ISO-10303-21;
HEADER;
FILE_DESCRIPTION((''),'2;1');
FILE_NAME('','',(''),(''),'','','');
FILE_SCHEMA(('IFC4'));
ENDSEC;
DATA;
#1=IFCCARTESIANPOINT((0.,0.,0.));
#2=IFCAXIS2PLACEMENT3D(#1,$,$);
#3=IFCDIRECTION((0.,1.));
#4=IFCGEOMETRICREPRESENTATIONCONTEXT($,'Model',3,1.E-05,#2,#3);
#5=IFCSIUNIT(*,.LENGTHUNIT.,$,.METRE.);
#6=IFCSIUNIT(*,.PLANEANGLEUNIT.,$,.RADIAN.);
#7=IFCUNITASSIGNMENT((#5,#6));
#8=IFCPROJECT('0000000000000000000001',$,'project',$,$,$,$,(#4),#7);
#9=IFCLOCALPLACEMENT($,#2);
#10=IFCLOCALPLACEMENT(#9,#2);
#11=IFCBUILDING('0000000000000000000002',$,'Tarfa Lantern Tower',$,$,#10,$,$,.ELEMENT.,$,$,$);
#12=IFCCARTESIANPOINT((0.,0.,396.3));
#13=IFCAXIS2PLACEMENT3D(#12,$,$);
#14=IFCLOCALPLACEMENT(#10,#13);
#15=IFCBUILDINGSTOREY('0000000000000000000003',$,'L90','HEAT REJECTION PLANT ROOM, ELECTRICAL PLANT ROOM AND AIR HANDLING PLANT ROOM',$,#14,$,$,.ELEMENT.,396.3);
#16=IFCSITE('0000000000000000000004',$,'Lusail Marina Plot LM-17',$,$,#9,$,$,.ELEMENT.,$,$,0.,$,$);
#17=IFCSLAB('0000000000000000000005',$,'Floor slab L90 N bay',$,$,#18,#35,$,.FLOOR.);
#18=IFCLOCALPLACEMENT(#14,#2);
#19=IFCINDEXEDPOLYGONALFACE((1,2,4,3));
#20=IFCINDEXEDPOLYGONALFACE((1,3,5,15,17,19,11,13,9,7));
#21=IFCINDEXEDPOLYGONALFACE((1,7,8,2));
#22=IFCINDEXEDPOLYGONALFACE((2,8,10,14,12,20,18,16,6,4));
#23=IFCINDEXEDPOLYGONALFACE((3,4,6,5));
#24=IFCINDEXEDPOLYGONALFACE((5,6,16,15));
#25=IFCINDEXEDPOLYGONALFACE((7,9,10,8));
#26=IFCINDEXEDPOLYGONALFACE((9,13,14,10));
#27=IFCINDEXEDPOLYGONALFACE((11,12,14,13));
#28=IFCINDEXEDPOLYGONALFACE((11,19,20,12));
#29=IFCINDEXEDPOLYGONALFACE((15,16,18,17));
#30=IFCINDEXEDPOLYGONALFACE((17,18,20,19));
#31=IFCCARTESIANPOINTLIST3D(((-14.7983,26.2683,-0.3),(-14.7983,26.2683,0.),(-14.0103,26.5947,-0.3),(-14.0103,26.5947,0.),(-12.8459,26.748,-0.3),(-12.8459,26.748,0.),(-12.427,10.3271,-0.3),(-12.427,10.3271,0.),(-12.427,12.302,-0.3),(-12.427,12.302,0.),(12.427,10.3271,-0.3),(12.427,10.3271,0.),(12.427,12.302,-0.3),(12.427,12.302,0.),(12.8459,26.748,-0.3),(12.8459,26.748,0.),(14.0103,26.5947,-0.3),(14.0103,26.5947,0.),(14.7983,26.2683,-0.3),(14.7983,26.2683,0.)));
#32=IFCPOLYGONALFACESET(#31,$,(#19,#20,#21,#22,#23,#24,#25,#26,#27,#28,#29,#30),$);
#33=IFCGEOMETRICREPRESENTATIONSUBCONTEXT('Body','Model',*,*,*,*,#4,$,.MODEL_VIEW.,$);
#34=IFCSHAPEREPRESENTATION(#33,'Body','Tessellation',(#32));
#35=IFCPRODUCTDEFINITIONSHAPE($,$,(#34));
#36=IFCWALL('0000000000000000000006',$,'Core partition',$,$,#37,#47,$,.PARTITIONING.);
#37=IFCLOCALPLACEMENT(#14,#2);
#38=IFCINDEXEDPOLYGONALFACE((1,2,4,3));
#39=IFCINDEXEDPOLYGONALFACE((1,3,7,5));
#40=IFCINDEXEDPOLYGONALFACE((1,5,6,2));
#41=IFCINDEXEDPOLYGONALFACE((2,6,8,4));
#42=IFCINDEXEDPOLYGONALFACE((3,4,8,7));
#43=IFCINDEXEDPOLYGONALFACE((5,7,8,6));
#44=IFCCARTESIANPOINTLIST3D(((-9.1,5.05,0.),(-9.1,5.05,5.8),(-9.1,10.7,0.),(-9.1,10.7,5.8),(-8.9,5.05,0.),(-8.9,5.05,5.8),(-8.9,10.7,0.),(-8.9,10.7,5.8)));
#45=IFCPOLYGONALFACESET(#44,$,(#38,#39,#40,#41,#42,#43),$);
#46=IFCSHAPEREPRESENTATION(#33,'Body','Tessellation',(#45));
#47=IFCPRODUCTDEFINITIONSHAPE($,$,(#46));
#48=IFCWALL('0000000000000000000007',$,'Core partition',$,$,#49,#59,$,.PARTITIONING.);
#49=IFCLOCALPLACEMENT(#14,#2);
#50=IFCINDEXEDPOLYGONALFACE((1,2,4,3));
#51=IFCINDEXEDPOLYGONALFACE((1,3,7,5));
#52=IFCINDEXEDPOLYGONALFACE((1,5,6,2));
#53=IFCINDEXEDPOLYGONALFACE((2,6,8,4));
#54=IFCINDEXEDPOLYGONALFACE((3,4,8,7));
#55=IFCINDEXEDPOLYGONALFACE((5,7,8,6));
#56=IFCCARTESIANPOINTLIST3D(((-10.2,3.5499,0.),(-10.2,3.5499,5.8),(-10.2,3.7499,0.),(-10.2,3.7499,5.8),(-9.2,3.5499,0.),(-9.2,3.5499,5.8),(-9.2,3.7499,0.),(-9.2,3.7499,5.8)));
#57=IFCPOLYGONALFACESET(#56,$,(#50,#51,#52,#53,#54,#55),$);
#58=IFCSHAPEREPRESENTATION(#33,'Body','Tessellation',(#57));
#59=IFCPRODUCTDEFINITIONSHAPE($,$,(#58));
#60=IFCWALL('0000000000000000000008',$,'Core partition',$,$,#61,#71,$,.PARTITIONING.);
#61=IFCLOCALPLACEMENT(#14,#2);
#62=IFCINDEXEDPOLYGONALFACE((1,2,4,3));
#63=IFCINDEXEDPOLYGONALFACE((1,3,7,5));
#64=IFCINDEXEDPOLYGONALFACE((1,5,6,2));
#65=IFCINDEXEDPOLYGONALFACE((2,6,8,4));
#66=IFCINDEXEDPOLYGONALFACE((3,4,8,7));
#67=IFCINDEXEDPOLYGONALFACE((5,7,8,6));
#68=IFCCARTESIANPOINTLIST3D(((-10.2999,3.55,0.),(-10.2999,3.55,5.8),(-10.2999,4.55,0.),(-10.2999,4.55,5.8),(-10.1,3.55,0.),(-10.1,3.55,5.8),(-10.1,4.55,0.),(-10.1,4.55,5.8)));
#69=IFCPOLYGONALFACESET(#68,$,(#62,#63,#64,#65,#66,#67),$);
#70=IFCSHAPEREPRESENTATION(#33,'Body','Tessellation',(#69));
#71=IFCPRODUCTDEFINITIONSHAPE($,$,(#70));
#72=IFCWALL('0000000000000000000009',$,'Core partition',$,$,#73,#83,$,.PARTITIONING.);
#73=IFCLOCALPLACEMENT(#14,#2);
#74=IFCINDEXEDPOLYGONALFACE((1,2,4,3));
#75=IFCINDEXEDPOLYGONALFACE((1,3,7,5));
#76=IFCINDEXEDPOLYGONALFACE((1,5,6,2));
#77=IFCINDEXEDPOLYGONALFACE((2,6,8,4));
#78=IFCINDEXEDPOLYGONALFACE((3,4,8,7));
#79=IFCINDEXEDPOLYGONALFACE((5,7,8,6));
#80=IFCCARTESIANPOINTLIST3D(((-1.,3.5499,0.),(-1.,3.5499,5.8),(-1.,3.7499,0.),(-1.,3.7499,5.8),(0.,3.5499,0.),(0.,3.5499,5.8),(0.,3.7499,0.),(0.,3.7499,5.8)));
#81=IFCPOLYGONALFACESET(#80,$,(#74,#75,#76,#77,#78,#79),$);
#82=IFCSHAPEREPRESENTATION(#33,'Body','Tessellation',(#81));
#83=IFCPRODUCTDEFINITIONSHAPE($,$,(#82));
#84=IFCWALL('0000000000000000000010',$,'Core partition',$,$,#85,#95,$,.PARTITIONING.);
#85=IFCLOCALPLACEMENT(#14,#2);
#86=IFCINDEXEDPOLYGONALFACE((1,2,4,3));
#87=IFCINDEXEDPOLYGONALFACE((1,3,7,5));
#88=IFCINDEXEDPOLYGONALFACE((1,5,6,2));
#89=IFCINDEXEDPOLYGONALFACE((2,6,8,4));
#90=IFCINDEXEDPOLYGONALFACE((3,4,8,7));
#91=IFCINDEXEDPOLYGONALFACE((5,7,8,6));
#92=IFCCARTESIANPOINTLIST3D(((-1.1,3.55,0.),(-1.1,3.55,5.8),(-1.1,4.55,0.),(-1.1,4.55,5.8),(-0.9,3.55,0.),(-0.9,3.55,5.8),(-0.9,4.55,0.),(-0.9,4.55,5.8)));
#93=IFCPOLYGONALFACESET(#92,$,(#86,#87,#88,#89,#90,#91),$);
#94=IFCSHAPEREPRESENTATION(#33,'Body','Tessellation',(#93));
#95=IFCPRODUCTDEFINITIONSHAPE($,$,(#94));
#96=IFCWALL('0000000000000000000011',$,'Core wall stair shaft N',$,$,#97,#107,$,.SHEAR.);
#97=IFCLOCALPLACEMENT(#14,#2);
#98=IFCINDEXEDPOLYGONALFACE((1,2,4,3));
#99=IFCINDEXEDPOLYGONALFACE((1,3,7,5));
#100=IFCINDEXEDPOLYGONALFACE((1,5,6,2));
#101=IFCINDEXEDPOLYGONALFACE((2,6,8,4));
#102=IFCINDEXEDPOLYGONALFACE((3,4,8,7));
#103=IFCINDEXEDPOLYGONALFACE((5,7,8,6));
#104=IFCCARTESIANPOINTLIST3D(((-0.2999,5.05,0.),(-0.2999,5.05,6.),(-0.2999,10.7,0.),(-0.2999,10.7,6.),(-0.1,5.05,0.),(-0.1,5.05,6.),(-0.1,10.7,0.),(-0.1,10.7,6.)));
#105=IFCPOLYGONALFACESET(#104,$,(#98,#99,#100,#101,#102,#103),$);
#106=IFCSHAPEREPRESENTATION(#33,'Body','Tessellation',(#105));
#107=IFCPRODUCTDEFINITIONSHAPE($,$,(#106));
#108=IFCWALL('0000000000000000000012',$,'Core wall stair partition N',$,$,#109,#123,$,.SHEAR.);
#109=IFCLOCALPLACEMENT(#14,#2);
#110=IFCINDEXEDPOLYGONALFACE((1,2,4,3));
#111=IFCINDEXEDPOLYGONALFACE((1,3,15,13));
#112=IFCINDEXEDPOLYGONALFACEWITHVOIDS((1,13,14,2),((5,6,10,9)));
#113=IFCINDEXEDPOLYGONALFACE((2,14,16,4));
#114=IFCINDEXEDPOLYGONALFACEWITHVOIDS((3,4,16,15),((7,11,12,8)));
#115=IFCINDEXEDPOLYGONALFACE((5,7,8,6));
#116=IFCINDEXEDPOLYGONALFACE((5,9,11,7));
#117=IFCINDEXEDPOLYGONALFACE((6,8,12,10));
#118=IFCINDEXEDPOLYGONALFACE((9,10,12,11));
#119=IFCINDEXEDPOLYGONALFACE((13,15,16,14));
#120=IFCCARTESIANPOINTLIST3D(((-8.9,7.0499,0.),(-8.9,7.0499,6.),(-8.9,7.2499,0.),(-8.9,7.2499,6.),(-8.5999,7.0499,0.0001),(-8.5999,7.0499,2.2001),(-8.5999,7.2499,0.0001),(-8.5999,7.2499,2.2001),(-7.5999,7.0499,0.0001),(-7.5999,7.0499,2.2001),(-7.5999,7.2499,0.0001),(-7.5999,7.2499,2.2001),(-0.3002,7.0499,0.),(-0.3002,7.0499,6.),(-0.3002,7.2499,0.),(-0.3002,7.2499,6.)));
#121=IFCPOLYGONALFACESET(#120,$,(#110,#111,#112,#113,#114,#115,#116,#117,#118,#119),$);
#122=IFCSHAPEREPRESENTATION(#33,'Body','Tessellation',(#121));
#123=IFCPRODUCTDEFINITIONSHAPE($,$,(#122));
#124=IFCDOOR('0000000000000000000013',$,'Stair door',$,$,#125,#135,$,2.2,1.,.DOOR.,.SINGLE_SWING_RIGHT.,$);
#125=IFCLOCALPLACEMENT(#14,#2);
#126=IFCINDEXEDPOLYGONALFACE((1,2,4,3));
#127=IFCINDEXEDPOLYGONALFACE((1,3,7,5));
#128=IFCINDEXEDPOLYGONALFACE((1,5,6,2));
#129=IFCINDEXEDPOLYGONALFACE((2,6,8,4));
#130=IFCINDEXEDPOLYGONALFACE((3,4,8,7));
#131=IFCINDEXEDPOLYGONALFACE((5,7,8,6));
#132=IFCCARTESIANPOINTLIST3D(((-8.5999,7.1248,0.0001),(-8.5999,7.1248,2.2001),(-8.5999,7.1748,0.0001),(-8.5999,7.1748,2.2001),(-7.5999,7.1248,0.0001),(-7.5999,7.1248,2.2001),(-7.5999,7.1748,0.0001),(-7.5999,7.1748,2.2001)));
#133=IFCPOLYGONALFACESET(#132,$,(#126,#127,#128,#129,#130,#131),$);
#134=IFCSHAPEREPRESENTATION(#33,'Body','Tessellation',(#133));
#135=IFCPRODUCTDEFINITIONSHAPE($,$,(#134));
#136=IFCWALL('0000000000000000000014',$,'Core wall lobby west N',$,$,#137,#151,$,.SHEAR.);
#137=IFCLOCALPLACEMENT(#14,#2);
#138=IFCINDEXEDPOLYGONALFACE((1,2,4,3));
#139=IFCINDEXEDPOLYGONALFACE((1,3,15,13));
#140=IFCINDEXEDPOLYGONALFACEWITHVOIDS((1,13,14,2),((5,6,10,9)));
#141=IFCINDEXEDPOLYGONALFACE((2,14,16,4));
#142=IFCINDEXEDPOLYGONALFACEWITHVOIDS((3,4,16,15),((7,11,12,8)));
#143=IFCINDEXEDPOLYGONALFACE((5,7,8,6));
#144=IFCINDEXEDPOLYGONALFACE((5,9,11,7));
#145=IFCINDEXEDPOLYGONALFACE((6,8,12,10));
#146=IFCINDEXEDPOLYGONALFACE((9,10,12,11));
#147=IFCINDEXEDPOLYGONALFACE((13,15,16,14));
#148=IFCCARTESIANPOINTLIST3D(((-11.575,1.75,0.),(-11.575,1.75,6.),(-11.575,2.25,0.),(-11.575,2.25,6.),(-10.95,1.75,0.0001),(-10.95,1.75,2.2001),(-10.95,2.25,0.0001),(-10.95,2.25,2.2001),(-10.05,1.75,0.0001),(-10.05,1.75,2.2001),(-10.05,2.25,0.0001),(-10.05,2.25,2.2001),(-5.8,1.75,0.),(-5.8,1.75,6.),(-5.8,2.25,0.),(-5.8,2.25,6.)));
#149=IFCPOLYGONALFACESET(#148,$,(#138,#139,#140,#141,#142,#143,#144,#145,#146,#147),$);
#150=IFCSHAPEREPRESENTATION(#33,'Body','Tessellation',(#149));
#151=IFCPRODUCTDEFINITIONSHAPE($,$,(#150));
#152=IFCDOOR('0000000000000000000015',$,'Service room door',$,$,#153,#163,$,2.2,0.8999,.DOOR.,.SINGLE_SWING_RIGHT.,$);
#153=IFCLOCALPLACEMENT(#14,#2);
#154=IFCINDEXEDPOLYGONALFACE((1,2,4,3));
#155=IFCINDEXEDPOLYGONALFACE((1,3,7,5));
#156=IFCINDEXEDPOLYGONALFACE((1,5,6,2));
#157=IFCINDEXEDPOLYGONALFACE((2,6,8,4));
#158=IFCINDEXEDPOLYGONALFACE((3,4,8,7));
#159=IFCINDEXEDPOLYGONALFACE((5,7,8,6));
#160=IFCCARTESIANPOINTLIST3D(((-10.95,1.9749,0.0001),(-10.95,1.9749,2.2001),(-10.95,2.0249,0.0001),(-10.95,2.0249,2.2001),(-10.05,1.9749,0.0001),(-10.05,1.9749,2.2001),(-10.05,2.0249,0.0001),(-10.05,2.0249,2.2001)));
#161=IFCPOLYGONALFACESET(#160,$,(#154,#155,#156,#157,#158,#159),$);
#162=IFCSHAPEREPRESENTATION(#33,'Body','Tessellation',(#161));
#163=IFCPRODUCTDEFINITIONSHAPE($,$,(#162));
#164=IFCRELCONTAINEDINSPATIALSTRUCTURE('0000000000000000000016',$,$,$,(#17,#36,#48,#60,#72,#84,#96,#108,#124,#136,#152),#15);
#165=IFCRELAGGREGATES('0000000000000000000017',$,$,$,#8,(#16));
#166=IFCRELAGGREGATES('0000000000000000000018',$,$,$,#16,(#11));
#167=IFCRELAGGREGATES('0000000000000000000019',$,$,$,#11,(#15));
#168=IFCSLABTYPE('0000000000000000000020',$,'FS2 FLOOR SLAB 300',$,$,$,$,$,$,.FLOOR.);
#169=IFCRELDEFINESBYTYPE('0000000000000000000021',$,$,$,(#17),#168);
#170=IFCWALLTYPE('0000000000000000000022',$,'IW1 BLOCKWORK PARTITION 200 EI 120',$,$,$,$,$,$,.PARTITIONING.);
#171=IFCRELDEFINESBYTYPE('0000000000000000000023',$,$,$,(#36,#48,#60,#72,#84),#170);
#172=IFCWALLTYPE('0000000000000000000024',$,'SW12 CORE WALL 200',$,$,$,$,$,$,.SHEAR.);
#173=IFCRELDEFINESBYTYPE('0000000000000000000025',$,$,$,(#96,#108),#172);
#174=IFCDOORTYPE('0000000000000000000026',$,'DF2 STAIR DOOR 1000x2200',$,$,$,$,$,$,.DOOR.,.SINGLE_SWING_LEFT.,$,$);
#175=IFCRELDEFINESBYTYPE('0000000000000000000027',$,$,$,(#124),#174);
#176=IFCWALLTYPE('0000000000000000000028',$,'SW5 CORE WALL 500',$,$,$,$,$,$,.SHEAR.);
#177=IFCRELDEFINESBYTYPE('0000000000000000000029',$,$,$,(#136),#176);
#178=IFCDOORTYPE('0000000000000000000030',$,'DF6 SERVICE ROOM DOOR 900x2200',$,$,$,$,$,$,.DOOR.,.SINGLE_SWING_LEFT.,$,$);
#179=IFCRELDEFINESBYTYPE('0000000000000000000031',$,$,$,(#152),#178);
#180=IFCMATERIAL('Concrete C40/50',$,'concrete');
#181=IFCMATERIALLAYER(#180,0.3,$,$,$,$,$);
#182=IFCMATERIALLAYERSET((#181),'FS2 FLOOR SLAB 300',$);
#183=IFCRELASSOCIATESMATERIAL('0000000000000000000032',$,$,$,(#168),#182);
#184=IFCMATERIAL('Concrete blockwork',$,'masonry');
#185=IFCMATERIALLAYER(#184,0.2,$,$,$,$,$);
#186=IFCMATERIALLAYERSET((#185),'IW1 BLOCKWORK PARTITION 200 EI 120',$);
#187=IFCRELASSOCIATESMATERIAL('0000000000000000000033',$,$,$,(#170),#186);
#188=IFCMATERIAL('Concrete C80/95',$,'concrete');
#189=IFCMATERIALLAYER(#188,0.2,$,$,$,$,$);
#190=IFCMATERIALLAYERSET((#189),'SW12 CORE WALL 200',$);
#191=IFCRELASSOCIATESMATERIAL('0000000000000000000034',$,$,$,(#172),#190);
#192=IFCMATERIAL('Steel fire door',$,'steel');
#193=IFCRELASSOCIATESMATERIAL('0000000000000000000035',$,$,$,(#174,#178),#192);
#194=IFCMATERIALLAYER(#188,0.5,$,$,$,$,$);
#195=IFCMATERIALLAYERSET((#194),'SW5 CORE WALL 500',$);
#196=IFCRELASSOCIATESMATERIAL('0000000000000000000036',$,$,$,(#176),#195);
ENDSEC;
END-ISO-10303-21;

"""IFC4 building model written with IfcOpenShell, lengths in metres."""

from ifc_helpers import new_model, si_unit, direction, frame, frame_2d, origin, place, context, subcontext, project, spatial, polyline, rectangle, outline, extrude, material, layer, layer_set, type_object, element, fill, save


model = new_model("IFC4")

# Units and contexts
model_context = context("Model", 3, precision=1e-05, world=origin(), true_north=direction((0.0, 1.0)))
body_context = subcontext(model_context, "Body", "Model", "MODEL_VIEW")
ifc_project = project(units=[si_unit("LENGTHUNIT", "METRE"), si_unit("PLANEANGLEUNIT", "RADIAN")], contexts=[model_context])

# Site, building, storey
site_placement = place(None, origin())
site = spatial("IfcSite", under=ifc_project, at=site_placement, Name="Lusail Marina Plot LM-17", CompositionType="ELEMENT", RefElevation=0.0)
building_placement = place(site_placement, origin())
building = spatial("IfcBuilding", under=site, at=building_placement, Name="Tarfa Lantern Tower", CompositionType="ELEMENT")
storey_placement = place(building_placement, frame((0.0, 0.0, 396.3)))
storey = spatial("IfcBuildingStorey", under=building, at=storey_placement, Name="L90", Description="HEAT REJECTION PLANT ROOM, ELECTRICAL PLANT ROOM AND AIR HANDLING PLANT ROOM", CompositionType="ELEMENT", Elevation=396.3)

# Slab
ifc_material_1 = material(Name="Concrete C40/50", Category="concrete")
ifc_layer_1 = layer(ifc_material_1, 0.3)
ifc_layer_set_1 = layer_set([ifc_layer_1], Name="FS2 FLOOR SLAB 300")
slab_type = type_object("IfcSlabType", Name="FS2 FLOOR SLAB 300", PredefinedType="FLOOR", material=ifc_layer_set_1)
slab_placement = place(storey_placement, frame((0.0, 0.0, -0.3)))
element("IfcSlab", 1, at=slab_placement, inside=storey, type_object=slab_type, Name="Floor slab L90 N bay", PredefinedType="FLOOR", context=body_context, shape_type="SweptSolid", body=[
    extrude(outline(polyline([(-12.427, 10.3271), (-12.427, 12.302), (12.427, 12.302), (12.427, 10.3271), (14.7983, 26.2683), (14.0103, 26.5947), (12.8459, 26.748), (-12.8459, 26.748), (-14.0103, 26.5947), (-14.7983, 26.2683), (-12.427, 10.3271)])), origin(), (0.0, 0.0, 1.0), 0.3),
])

# Walls
ifc_material_2 = material(Name="Concrete blockwork", Category="masonry")
ifc_layer_2 = layer(ifc_material_2, 0.2)
ifc_layer_set_2 = layer_set([ifc_layer_2], Name="IW1 BLOCKWORK PARTITION 200 EI 120")
wall_type_1 = type_object("IfcWallType", Name="IW1 BLOCKWORK PARTITION 200 EI 120", PredefinedType="PARTITIONING", material=ifc_layer_set_2)
wall_1_placement = place(storey_placement, frame((-9.0, 5.05, 0.0), z_axis=(0.0, 0.0, 1.0), x_axis=(0.0, 1.0, 0.0)))
element("IfcWall", 2, at=wall_1_placement, inside=storey, type_object=wall_type_1, Name="Core partition", PredefinedType="PARTITIONING", context=body_context, shape_type="SweptSolid", body=[
    extrude(rectangle(XDim=5.6499, YDim=0.2, at=frame_2d((2.825, 0.0))), origin(), (0.0, 0.0, 1.0), 5.8),
])
for number, where, z_axis, x_axis, name in (
    (3, (-10.2, 3.6499, 0.0), (0.0, 0.0, 1.0), (1.0, 0.0, 0.0), "Core partition"),
    (4, (-10.2, 3.55, 0.0), (0.0, 0.0, 1.0), (0.0, 1.0, 0.0), "Core partition"),
    (5, (-1.0, 3.6499, 0.0), (0.0, 0.0, 1.0), (1.0, 0.0, 0.0), "Core partition"),
    (6, (-1.0, 3.55, 0.0), (0.0, 0.0, 1.0), (0.0, 1.0, 0.0), "Core partition"),
):
    element("IfcWall", number, at=place(storey_placement, frame(where, z_axis=z_axis, x_axis=x_axis)), inside=storey, type_object=wall_type_1, Name=name, PredefinedType="PARTITIONING", context=body_context, shape_type="SweptSolid", body=[
        extrude(rectangle(XDim=1.0, YDim=0.2, at=frame_2d((0.5, 0.0))), origin(), (0.0, 0.0, 1.0), 5.8),
    ])
ifc_material_3 = material(Name="Concrete C80/95", Category="concrete")
ifc_layer_3 = layer(ifc_material_3, 0.2)
ifc_layer_set_3 = layer_set([ifc_layer_3], Name="SW12 CORE WALL 200")
wall_type_2 = type_object("IfcWallType", Name="SW12 CORE WALL 200", PredefinedType="SHEAR", material=ifc_layer_set_3)
wall_2_placement = place(storey_placement, frame((-0.2, 5.05, 0.0), z_axis=(0.0, 0.0, 1.0), x_axis=(0.0, 1.0, 0.0)))
element("IfcWall", 7, at=wall_2_placement, inside=storey, type_object=wall_type_2, Name="Core wall stair shaft N", PredefinedType="SHEAR", context=body_context, shape_type="SweptSolid", body=[
    extrude(rectangle(XDim=5.6499, YDim=0.2, at=frame_2d((2.825, 0.0))), origin(), (0.0, 0.0, 1.0), 6.0),
])

# Walls, openings, doors
wall_3_placement = place(storey_placement, frame((-8.8999, 7.1499, 0.0), z_axis=(0.0, 0.0, 1.0), x_axis=(1.0, 0.0, 0.0)))
wall_3 = element("IfcWall", 8, at=wall_3_placement, inside=storey, type_object=wall_type_2, Name="Core wall stair partition N", PredefinedType="SHEAR", context=body_context, shape_type="SweptSolid", body=[
    extrude(rectangle(XDim=8.5999, YDim=0.2, at=frame_2d((4.2998, 0.0))), origin(), (0.0, 0.0, 1.0), 6.0),
])
opening_1_placement = place(wall_3_placement, frame((0.3, 0.0, 0.0)))
opening_1 = element("IfcOpeningElement", 9, at=opening_1_placement, cuts=wall_3, PredefinedType="OPENING", context=body_context, shape_type="SweptSolid", body=[
    extrude(rectangle(XDim=1.0, YDim=2.2, at=frame_2d((0.5, 1.1001))), frame((0.0, 0.1099, 0.0), z_axis=(0.0, -1.0, 0.0), x_axis=(1.0, 0.0, 0.0)), (0.0, 0.0, 1.0), 0.22),
])
ifc_material_4 = material(Name="Steel fire door", Category="steel")
door_type_1 = type_object("IfcDoorType", Name="DF2 STAIR DOOR 1000x2200", OperationType="SINGLE_SWING_LEFT", PredefinedType="DOOR", material=ifc_material_4)
door_1_placement = place(opening_1_placement, origin())
door_1 = element("IfcDoor", 10, at=door_1_placement, inside=storey, type_object=door_type_1, Name="Stair door", OperationType="SINGLE_SWING_RIGHT", OverallHeight=2.2, OverallWidth=1.0, PredefinedType="DOOR", context=body_context, shape_type="SweptSolid", body=[
    extrude(rectangle(XDim=1.0, YDim=2.2, at=frame_2d((0.5, 1.1001))), frame((0.0, 0.0249, 0.0), z_axis=(0.0, -1.0, 0.0), x_axis=(1.0, 0.0, 0.0)), (0.0, 0.0, 1.0), 0.05),
])
fill(opening_1, door_1)
ifc_layer_4 = layer(ifc_material_3, 0.5)
ifc_layer_set_4 = layer_set([ifc_layer_4], Name="SW5 CORE WALL 500")
wall_type_3 = type_object("IfcWallType", Name="SW5 CORE WALL 500", PredefinedType="SHEAR", material=ifc_layer_set_4)
wall_4_placement = place(storey_placement, frame((-11.575, 2.0, 0.0), z_axis=(0.0, 0.0, 1.0), x_axis=(1.0, 0.0, 0.0)))
wall_4 = element("IfcWall", 11, at=wall_4_placement, inside=storey, type_object=wall_type_3, Name="Core wall lobby west N", PredefinedType="SHEAR", context=body_context, shape_type="SweptSolid", body=[
    extrude(rectangle(XDim=5.7749, YDim=0.5, at=frame_2d((2.8875, 0.0))), origin(), (0.0, 0.0, 1.0), 6.0),
])
opening_2_placement = place(wall_4_placement, frame((0.625, 0.0, 0.0)))
opening_2 = element("IfcOpeningElement", 12, at=opening_2_placement, cuts=wall_4, PredefinedType="OPENING", context=body_context, shape_type="SweptSolid", body=[
    extrude(rectangle(XDim=0.8999, YDim=2.2, at=frame_2d((0.45, 1.1001))), frame((0.0, 0.26, 0.0), z_axis=(0.0, -1.0, 0.0), x_axis=(1.0, 0.0, 0.0)), (0.0, 0.0, 1.0), 0.52),
])
door_type_2 = type_object("IfcDoorType", Name="DF6 SERVICE ROOM DOOR 900x2200", OperationType="SINGLE_SWING_LEFT", PredefinedType="DOOR", material=ifc_material_4)
door_2_placement = place(opening_2_placement, origin())
door_2 = element("IfcDoor", 13, at=door_2_placement, inside=storey, type_object=door_type_2, Name="Service room door", OperationType="SINGLE_SWING_RIGHT", OverallHeight=2.2, OverallWidth=0.8999, PredefinedType="DOOR", context=body_context, shape_type="SweptSolid", body=[
    extrude(rectangle(XDim=0.8999, YDim=2.2, at=frame_2d((0.45, 1.1001))), frame((0.0, 0.0249, 0.0), z_axis=(0.0, -1.0, 0.0), x_axis=(1.0, 0.0, 0.0)), (0.0, 0.0, 1.0), 0.05),
])
fill(opening_2, door_2)

save(model, "model.ifc")
